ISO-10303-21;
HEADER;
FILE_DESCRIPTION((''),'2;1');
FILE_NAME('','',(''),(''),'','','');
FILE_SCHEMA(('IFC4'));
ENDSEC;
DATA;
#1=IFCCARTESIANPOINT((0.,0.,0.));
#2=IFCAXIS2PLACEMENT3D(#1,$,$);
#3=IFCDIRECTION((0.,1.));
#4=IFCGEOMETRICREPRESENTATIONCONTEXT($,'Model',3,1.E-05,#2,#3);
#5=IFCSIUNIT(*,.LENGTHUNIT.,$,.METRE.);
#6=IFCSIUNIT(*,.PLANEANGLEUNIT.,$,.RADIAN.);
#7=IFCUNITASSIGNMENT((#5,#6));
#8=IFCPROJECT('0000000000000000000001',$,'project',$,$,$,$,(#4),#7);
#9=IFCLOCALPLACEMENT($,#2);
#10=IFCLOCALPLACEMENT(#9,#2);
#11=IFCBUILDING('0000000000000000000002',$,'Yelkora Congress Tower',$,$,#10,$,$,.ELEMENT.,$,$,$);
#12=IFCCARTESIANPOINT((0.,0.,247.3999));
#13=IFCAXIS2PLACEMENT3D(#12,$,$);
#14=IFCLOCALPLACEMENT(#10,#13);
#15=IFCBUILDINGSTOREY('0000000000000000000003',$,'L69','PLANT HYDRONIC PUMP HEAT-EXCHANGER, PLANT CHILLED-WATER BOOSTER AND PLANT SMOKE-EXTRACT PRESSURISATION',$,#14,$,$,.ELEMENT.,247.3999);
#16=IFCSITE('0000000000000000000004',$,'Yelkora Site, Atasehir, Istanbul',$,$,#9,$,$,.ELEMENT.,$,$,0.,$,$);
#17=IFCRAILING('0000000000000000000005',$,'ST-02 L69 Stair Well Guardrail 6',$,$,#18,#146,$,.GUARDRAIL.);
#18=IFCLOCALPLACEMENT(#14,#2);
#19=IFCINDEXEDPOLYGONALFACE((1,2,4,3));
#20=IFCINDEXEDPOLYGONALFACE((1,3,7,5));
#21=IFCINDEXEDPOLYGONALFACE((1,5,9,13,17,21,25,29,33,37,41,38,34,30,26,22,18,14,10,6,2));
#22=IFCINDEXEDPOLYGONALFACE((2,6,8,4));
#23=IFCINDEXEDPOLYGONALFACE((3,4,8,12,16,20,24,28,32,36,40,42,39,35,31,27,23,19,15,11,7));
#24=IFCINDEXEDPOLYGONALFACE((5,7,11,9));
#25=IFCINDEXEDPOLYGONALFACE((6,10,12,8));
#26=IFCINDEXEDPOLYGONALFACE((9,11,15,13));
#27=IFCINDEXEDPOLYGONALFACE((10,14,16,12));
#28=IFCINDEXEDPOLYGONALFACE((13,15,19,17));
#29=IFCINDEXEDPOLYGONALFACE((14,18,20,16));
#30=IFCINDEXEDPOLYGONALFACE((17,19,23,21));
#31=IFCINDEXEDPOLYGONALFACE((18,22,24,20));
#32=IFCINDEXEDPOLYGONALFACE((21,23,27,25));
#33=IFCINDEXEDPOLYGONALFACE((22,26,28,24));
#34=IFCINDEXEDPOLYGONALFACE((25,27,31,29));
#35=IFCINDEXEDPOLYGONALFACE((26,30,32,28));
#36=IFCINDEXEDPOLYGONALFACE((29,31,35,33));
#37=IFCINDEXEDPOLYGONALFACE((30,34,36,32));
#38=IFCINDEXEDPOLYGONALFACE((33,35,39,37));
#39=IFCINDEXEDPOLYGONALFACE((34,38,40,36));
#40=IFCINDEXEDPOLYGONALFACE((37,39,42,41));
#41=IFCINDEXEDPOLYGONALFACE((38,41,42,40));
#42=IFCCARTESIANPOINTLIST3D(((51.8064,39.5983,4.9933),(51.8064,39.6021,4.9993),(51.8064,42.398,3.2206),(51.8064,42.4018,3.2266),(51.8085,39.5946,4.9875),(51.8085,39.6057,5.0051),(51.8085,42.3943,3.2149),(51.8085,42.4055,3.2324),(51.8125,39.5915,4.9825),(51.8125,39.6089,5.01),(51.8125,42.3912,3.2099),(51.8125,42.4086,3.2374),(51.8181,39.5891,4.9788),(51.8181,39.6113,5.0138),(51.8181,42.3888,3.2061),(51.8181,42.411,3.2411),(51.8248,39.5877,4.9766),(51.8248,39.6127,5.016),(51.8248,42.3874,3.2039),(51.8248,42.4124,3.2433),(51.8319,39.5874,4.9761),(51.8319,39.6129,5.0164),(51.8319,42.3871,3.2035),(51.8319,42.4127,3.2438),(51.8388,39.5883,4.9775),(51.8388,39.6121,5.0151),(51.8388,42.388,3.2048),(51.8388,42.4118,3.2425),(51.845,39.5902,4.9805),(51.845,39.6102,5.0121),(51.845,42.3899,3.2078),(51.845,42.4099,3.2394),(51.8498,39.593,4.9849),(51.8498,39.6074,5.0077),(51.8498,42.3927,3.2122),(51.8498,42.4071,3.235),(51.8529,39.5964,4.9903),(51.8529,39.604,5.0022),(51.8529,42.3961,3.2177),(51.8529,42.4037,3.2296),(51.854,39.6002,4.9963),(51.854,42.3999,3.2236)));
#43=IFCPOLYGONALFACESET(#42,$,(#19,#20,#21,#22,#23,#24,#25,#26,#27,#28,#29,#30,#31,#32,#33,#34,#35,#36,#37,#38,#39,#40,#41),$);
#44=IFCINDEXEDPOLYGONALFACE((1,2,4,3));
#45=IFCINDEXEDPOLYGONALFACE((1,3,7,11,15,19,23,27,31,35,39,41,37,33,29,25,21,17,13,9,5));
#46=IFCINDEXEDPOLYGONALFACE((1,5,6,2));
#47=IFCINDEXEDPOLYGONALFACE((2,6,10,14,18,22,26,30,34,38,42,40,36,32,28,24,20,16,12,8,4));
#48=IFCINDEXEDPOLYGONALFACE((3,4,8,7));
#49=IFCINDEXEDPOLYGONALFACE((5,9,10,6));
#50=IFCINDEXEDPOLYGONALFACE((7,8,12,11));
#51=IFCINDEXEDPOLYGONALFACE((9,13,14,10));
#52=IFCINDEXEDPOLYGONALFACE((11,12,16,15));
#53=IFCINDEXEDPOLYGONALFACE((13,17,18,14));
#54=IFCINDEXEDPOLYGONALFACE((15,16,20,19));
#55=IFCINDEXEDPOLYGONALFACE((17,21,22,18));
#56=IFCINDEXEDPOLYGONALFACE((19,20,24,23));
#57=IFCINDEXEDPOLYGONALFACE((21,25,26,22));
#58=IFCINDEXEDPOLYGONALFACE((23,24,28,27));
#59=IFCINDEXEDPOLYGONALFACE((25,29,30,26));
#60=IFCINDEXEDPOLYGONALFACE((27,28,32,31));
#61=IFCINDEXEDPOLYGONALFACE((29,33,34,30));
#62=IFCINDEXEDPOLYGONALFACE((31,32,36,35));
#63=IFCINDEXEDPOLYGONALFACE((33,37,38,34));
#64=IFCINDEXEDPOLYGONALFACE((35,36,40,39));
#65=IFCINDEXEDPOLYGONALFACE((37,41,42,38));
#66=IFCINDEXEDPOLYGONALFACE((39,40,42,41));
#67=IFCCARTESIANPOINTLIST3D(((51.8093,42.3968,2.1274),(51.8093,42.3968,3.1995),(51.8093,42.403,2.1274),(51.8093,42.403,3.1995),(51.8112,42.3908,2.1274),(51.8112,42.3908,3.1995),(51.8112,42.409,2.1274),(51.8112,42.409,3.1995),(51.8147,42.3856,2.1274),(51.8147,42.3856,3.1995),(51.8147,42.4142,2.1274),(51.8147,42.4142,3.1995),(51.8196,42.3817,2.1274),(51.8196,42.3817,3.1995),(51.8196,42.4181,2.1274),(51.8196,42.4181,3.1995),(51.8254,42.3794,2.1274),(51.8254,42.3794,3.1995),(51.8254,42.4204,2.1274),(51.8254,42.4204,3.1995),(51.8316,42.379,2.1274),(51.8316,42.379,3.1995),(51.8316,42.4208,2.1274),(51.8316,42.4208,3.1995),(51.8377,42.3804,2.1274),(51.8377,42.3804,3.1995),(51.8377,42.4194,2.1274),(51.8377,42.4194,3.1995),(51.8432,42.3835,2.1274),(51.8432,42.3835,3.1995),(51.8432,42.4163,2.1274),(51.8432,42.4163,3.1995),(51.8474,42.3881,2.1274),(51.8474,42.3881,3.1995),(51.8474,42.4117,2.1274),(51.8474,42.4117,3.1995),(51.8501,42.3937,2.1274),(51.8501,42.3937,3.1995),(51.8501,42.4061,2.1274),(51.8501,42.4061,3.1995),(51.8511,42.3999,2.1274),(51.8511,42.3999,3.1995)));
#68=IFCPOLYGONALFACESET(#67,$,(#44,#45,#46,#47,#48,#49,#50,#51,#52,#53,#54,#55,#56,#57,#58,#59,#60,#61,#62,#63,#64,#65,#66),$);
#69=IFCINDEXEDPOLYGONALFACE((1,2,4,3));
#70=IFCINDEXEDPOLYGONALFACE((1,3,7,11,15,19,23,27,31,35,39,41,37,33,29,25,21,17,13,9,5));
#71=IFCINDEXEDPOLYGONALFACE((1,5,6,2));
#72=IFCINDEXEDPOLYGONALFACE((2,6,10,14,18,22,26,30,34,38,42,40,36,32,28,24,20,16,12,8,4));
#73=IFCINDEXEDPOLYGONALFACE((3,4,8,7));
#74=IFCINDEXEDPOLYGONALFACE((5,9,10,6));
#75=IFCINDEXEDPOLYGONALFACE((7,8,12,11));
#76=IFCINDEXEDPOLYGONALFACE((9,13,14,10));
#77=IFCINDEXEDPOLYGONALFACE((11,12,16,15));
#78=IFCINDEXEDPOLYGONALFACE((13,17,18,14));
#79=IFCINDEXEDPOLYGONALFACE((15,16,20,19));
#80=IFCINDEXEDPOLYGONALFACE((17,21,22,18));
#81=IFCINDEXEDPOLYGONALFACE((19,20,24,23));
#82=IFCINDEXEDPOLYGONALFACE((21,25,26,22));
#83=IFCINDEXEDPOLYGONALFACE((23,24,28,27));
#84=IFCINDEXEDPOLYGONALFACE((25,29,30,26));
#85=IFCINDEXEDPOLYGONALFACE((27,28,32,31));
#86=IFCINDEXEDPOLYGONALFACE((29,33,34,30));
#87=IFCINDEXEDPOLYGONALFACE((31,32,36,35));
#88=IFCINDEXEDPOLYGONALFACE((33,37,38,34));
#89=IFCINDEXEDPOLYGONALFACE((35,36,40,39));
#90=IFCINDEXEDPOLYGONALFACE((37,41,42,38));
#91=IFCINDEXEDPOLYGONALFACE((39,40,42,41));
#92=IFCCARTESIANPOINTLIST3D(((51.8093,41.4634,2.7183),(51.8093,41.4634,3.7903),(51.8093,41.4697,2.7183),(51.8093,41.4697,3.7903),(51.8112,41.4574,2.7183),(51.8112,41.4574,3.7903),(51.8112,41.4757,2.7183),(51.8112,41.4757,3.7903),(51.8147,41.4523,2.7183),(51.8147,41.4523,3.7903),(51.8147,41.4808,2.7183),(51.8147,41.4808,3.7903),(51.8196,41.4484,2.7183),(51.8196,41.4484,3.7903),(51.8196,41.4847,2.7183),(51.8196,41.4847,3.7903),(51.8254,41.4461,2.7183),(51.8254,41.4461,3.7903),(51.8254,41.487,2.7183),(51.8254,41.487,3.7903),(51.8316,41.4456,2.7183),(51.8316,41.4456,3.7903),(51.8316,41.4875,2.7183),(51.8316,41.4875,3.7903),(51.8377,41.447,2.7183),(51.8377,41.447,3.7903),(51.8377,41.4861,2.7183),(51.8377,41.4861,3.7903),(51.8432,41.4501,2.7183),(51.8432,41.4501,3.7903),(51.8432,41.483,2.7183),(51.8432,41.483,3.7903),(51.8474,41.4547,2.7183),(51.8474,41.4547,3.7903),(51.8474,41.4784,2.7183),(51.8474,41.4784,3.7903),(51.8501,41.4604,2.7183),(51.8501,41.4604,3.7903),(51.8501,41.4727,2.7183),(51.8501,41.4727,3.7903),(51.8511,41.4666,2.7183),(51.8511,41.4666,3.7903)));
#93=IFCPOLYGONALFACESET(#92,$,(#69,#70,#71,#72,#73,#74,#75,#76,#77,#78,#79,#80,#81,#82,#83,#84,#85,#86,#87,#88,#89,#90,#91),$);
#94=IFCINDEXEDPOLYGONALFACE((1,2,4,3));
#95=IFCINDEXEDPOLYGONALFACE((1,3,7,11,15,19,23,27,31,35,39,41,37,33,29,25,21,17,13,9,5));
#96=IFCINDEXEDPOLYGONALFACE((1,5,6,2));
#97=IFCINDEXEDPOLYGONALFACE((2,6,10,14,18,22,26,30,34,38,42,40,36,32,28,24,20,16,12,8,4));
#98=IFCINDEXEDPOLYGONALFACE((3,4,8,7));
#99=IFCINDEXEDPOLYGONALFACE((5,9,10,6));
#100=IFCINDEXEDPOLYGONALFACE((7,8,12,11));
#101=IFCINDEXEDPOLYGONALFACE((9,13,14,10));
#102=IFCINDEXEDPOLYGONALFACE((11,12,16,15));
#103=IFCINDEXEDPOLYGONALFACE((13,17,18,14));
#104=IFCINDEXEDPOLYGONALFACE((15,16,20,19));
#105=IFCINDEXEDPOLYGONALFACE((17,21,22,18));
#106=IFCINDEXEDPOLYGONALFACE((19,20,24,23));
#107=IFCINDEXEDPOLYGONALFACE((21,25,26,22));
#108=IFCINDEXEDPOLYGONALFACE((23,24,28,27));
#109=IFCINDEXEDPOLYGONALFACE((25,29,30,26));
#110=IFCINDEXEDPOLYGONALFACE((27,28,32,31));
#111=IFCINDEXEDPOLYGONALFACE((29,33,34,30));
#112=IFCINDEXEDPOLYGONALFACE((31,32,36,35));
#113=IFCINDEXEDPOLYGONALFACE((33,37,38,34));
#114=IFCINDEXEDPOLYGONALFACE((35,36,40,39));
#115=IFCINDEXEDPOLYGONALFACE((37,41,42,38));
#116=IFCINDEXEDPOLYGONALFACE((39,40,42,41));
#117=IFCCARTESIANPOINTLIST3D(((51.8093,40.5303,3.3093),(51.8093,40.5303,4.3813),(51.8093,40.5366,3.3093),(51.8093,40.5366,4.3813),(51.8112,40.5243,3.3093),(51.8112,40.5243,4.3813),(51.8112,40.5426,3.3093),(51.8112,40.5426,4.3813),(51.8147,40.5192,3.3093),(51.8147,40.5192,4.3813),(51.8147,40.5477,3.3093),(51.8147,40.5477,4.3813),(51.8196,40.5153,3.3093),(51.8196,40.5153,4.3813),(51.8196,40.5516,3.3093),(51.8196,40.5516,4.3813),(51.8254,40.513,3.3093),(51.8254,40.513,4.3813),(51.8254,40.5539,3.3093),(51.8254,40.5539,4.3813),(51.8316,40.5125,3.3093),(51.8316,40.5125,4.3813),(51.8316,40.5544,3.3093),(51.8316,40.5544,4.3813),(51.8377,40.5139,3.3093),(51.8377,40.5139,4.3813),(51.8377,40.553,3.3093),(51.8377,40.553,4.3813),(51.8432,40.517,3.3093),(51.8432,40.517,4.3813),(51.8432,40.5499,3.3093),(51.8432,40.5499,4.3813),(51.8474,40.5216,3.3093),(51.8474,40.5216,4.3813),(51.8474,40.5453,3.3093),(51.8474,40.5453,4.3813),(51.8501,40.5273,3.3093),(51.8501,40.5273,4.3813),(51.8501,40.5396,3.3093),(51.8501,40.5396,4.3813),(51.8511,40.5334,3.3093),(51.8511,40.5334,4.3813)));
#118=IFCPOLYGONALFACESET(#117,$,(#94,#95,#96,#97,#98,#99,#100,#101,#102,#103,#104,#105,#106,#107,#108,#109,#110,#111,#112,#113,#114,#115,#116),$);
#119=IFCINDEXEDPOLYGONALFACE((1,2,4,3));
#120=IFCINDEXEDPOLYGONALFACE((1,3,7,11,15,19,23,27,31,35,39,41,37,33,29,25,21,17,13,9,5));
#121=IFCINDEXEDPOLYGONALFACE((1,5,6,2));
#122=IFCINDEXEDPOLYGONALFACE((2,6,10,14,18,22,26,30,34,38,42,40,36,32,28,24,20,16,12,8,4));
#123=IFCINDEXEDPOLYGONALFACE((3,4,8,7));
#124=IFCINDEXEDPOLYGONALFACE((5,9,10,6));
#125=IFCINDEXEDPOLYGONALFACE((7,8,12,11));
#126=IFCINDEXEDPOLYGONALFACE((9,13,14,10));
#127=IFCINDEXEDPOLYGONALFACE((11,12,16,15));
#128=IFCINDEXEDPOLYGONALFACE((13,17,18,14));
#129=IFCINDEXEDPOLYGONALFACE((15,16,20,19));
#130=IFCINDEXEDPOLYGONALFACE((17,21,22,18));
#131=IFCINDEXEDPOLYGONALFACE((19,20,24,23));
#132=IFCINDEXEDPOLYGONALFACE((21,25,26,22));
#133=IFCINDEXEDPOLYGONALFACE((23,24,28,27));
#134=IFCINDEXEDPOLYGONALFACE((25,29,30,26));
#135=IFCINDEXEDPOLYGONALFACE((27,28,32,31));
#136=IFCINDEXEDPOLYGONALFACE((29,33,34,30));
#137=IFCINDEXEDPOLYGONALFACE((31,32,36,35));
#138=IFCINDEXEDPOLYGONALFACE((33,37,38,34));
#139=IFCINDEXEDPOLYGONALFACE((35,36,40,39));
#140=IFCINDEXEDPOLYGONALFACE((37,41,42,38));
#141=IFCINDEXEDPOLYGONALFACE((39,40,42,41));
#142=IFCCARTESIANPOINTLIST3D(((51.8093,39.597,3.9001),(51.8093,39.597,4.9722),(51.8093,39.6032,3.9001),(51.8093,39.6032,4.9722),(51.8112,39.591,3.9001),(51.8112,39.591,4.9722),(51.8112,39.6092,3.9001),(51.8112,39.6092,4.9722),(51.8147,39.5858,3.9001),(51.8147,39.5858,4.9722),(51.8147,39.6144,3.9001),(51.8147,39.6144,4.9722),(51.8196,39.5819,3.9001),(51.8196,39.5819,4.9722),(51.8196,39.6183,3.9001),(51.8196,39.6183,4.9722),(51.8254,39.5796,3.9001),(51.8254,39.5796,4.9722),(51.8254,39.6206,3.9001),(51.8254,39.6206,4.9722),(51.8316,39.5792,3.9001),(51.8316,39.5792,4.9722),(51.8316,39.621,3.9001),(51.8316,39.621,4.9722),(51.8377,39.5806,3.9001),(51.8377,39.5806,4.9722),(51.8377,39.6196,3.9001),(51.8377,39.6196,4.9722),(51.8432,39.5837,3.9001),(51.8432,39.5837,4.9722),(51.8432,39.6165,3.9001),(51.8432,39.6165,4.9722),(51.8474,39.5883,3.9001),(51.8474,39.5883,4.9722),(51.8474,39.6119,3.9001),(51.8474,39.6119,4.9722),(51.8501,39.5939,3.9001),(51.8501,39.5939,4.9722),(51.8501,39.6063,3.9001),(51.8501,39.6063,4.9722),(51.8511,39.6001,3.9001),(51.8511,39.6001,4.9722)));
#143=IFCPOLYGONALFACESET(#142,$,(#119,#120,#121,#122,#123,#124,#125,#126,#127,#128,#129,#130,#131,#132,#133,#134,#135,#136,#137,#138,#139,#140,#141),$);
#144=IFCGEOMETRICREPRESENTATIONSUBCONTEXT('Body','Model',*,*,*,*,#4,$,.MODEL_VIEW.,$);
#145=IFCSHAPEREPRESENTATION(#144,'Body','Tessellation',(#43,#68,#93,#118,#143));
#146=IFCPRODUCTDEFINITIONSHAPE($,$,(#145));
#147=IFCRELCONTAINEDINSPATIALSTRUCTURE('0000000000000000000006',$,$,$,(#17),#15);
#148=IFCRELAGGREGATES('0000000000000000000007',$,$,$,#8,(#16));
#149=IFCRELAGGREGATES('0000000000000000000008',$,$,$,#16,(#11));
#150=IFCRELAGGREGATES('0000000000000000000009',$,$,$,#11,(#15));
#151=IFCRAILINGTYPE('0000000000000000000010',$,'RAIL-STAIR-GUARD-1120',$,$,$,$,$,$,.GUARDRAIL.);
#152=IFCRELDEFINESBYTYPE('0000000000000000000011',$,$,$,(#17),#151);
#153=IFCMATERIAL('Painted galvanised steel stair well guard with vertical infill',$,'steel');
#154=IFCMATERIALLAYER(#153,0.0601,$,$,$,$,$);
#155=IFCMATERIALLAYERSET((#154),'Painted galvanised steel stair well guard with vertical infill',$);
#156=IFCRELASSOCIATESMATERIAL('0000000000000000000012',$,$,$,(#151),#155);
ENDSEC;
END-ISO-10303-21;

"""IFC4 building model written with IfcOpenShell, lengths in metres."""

from ifc_helpers import new_model, si_unit, direction, frame, origin, origin_2d, place, context, subcontext, project, spatial, circle, extrude, material, layer, layer_set, type_object, element, save


model = new_model("IFC4")

# Units and contexts
model_context = context("Model", 3, precision=1e-05, world=origin(), true_north=direction((0.0, 1.0)))
body_context = subcontext(model_context, "Body", "Model", "MODEL_VIEW")
ifc_project = project(units=[si_unit("LENGTHUNIT", "METRE"), si_unit("PLANEANGLEUNIT", "RADIAN")], contexts=[model_context])

# Site, building, storey
site_placement = place(None, origin())
site = spatial("IfcSite", under=ifc_project, at=site_placement, Name="Yelkora Site, Atasehir, Istanbul", CompositionType="ELEMENT", RefElevation=0.0)
building_placement = place(site_placement, origin())
building = spatial("IfcBuilding", under=site, at=building_placement, Name="Yelkora Congress Tower", CompositionType="ELEMENT")
storey_placement = place(building_placement, frame((0.0, 0.0, 247.3999)))
storey = spatial("IfcBuildingStorey", under=building, at=storey_placement, Name="L69", Description="PLANT HYDRONIC PUMP HEAT-EXCHANGER, PLANT CHILLED-WATER BOOSTER AND PLANT SMOKE-EXTRACT PRESSURISATION", CompositionType="ELEMENT", Elevation=247.3999)

# Railing
ifc_material_1 = material(Name="Painted galvanised steel stair well guard with vertical infill", Category="steel")
ifc_layer_1 = layer(ifc_material_1, 0.0601)
ifc_layer_set_1 = layer_set([ifc_layer_1], Name="Painted galvanised steel stair well guard with vertical infill")
railing_type_1 = type_object("IfcRailingType", Name="RAIL-STAIR-GUARD-1120", PredefinedType="GUARDRAIL", material=ifc_layer_set_1)
railing_1_placement = place(storey_placement, frame((51.8301, 42.3999, 2.1274)))
element("IfcRailing", 1, at=railing_1_placement, inside=storey, type_object=railing_type_1, Name="ST-02 L69 Stair Well Guardrail 6", PredefinedType="GUARDRAIL", context=body_context, shape_type="SweptSolid", body=[
    extrude(circle(Radius=0.0239, at=origin_2d()), frame((0.0, 0.0, 1.0962), z_axis=(0.0, -0.844888, 0.534943), x_axis=(1.0, 0.0, 0.0)), (0.0, 0.0, 1.0), 3.3137),
    extrude(circle(Radius=0.021, at=origin_2d()), origin(), (0.0, 0.0, 1.0), 1.072),
    extrude(circle(Radius=0.021, at=origin_2d()), frame((0.0, -0.9333, 0.5908)), (0.0, 0.0, 1.0), 1.072),
    extrude(circle(Radius=0.021, at=origin_2d()), frame((0.0, -1.8665, 1.1819)), (0.0, 0.0, 1.0), 1.072),
    extrude(circle(Radius=0.021, at=origin_2d()), frame((0.0, -2.7998, 1.7727)), (0.0, 0.0, 1.0), 1.072),
])

save(model, "model.ifc")
